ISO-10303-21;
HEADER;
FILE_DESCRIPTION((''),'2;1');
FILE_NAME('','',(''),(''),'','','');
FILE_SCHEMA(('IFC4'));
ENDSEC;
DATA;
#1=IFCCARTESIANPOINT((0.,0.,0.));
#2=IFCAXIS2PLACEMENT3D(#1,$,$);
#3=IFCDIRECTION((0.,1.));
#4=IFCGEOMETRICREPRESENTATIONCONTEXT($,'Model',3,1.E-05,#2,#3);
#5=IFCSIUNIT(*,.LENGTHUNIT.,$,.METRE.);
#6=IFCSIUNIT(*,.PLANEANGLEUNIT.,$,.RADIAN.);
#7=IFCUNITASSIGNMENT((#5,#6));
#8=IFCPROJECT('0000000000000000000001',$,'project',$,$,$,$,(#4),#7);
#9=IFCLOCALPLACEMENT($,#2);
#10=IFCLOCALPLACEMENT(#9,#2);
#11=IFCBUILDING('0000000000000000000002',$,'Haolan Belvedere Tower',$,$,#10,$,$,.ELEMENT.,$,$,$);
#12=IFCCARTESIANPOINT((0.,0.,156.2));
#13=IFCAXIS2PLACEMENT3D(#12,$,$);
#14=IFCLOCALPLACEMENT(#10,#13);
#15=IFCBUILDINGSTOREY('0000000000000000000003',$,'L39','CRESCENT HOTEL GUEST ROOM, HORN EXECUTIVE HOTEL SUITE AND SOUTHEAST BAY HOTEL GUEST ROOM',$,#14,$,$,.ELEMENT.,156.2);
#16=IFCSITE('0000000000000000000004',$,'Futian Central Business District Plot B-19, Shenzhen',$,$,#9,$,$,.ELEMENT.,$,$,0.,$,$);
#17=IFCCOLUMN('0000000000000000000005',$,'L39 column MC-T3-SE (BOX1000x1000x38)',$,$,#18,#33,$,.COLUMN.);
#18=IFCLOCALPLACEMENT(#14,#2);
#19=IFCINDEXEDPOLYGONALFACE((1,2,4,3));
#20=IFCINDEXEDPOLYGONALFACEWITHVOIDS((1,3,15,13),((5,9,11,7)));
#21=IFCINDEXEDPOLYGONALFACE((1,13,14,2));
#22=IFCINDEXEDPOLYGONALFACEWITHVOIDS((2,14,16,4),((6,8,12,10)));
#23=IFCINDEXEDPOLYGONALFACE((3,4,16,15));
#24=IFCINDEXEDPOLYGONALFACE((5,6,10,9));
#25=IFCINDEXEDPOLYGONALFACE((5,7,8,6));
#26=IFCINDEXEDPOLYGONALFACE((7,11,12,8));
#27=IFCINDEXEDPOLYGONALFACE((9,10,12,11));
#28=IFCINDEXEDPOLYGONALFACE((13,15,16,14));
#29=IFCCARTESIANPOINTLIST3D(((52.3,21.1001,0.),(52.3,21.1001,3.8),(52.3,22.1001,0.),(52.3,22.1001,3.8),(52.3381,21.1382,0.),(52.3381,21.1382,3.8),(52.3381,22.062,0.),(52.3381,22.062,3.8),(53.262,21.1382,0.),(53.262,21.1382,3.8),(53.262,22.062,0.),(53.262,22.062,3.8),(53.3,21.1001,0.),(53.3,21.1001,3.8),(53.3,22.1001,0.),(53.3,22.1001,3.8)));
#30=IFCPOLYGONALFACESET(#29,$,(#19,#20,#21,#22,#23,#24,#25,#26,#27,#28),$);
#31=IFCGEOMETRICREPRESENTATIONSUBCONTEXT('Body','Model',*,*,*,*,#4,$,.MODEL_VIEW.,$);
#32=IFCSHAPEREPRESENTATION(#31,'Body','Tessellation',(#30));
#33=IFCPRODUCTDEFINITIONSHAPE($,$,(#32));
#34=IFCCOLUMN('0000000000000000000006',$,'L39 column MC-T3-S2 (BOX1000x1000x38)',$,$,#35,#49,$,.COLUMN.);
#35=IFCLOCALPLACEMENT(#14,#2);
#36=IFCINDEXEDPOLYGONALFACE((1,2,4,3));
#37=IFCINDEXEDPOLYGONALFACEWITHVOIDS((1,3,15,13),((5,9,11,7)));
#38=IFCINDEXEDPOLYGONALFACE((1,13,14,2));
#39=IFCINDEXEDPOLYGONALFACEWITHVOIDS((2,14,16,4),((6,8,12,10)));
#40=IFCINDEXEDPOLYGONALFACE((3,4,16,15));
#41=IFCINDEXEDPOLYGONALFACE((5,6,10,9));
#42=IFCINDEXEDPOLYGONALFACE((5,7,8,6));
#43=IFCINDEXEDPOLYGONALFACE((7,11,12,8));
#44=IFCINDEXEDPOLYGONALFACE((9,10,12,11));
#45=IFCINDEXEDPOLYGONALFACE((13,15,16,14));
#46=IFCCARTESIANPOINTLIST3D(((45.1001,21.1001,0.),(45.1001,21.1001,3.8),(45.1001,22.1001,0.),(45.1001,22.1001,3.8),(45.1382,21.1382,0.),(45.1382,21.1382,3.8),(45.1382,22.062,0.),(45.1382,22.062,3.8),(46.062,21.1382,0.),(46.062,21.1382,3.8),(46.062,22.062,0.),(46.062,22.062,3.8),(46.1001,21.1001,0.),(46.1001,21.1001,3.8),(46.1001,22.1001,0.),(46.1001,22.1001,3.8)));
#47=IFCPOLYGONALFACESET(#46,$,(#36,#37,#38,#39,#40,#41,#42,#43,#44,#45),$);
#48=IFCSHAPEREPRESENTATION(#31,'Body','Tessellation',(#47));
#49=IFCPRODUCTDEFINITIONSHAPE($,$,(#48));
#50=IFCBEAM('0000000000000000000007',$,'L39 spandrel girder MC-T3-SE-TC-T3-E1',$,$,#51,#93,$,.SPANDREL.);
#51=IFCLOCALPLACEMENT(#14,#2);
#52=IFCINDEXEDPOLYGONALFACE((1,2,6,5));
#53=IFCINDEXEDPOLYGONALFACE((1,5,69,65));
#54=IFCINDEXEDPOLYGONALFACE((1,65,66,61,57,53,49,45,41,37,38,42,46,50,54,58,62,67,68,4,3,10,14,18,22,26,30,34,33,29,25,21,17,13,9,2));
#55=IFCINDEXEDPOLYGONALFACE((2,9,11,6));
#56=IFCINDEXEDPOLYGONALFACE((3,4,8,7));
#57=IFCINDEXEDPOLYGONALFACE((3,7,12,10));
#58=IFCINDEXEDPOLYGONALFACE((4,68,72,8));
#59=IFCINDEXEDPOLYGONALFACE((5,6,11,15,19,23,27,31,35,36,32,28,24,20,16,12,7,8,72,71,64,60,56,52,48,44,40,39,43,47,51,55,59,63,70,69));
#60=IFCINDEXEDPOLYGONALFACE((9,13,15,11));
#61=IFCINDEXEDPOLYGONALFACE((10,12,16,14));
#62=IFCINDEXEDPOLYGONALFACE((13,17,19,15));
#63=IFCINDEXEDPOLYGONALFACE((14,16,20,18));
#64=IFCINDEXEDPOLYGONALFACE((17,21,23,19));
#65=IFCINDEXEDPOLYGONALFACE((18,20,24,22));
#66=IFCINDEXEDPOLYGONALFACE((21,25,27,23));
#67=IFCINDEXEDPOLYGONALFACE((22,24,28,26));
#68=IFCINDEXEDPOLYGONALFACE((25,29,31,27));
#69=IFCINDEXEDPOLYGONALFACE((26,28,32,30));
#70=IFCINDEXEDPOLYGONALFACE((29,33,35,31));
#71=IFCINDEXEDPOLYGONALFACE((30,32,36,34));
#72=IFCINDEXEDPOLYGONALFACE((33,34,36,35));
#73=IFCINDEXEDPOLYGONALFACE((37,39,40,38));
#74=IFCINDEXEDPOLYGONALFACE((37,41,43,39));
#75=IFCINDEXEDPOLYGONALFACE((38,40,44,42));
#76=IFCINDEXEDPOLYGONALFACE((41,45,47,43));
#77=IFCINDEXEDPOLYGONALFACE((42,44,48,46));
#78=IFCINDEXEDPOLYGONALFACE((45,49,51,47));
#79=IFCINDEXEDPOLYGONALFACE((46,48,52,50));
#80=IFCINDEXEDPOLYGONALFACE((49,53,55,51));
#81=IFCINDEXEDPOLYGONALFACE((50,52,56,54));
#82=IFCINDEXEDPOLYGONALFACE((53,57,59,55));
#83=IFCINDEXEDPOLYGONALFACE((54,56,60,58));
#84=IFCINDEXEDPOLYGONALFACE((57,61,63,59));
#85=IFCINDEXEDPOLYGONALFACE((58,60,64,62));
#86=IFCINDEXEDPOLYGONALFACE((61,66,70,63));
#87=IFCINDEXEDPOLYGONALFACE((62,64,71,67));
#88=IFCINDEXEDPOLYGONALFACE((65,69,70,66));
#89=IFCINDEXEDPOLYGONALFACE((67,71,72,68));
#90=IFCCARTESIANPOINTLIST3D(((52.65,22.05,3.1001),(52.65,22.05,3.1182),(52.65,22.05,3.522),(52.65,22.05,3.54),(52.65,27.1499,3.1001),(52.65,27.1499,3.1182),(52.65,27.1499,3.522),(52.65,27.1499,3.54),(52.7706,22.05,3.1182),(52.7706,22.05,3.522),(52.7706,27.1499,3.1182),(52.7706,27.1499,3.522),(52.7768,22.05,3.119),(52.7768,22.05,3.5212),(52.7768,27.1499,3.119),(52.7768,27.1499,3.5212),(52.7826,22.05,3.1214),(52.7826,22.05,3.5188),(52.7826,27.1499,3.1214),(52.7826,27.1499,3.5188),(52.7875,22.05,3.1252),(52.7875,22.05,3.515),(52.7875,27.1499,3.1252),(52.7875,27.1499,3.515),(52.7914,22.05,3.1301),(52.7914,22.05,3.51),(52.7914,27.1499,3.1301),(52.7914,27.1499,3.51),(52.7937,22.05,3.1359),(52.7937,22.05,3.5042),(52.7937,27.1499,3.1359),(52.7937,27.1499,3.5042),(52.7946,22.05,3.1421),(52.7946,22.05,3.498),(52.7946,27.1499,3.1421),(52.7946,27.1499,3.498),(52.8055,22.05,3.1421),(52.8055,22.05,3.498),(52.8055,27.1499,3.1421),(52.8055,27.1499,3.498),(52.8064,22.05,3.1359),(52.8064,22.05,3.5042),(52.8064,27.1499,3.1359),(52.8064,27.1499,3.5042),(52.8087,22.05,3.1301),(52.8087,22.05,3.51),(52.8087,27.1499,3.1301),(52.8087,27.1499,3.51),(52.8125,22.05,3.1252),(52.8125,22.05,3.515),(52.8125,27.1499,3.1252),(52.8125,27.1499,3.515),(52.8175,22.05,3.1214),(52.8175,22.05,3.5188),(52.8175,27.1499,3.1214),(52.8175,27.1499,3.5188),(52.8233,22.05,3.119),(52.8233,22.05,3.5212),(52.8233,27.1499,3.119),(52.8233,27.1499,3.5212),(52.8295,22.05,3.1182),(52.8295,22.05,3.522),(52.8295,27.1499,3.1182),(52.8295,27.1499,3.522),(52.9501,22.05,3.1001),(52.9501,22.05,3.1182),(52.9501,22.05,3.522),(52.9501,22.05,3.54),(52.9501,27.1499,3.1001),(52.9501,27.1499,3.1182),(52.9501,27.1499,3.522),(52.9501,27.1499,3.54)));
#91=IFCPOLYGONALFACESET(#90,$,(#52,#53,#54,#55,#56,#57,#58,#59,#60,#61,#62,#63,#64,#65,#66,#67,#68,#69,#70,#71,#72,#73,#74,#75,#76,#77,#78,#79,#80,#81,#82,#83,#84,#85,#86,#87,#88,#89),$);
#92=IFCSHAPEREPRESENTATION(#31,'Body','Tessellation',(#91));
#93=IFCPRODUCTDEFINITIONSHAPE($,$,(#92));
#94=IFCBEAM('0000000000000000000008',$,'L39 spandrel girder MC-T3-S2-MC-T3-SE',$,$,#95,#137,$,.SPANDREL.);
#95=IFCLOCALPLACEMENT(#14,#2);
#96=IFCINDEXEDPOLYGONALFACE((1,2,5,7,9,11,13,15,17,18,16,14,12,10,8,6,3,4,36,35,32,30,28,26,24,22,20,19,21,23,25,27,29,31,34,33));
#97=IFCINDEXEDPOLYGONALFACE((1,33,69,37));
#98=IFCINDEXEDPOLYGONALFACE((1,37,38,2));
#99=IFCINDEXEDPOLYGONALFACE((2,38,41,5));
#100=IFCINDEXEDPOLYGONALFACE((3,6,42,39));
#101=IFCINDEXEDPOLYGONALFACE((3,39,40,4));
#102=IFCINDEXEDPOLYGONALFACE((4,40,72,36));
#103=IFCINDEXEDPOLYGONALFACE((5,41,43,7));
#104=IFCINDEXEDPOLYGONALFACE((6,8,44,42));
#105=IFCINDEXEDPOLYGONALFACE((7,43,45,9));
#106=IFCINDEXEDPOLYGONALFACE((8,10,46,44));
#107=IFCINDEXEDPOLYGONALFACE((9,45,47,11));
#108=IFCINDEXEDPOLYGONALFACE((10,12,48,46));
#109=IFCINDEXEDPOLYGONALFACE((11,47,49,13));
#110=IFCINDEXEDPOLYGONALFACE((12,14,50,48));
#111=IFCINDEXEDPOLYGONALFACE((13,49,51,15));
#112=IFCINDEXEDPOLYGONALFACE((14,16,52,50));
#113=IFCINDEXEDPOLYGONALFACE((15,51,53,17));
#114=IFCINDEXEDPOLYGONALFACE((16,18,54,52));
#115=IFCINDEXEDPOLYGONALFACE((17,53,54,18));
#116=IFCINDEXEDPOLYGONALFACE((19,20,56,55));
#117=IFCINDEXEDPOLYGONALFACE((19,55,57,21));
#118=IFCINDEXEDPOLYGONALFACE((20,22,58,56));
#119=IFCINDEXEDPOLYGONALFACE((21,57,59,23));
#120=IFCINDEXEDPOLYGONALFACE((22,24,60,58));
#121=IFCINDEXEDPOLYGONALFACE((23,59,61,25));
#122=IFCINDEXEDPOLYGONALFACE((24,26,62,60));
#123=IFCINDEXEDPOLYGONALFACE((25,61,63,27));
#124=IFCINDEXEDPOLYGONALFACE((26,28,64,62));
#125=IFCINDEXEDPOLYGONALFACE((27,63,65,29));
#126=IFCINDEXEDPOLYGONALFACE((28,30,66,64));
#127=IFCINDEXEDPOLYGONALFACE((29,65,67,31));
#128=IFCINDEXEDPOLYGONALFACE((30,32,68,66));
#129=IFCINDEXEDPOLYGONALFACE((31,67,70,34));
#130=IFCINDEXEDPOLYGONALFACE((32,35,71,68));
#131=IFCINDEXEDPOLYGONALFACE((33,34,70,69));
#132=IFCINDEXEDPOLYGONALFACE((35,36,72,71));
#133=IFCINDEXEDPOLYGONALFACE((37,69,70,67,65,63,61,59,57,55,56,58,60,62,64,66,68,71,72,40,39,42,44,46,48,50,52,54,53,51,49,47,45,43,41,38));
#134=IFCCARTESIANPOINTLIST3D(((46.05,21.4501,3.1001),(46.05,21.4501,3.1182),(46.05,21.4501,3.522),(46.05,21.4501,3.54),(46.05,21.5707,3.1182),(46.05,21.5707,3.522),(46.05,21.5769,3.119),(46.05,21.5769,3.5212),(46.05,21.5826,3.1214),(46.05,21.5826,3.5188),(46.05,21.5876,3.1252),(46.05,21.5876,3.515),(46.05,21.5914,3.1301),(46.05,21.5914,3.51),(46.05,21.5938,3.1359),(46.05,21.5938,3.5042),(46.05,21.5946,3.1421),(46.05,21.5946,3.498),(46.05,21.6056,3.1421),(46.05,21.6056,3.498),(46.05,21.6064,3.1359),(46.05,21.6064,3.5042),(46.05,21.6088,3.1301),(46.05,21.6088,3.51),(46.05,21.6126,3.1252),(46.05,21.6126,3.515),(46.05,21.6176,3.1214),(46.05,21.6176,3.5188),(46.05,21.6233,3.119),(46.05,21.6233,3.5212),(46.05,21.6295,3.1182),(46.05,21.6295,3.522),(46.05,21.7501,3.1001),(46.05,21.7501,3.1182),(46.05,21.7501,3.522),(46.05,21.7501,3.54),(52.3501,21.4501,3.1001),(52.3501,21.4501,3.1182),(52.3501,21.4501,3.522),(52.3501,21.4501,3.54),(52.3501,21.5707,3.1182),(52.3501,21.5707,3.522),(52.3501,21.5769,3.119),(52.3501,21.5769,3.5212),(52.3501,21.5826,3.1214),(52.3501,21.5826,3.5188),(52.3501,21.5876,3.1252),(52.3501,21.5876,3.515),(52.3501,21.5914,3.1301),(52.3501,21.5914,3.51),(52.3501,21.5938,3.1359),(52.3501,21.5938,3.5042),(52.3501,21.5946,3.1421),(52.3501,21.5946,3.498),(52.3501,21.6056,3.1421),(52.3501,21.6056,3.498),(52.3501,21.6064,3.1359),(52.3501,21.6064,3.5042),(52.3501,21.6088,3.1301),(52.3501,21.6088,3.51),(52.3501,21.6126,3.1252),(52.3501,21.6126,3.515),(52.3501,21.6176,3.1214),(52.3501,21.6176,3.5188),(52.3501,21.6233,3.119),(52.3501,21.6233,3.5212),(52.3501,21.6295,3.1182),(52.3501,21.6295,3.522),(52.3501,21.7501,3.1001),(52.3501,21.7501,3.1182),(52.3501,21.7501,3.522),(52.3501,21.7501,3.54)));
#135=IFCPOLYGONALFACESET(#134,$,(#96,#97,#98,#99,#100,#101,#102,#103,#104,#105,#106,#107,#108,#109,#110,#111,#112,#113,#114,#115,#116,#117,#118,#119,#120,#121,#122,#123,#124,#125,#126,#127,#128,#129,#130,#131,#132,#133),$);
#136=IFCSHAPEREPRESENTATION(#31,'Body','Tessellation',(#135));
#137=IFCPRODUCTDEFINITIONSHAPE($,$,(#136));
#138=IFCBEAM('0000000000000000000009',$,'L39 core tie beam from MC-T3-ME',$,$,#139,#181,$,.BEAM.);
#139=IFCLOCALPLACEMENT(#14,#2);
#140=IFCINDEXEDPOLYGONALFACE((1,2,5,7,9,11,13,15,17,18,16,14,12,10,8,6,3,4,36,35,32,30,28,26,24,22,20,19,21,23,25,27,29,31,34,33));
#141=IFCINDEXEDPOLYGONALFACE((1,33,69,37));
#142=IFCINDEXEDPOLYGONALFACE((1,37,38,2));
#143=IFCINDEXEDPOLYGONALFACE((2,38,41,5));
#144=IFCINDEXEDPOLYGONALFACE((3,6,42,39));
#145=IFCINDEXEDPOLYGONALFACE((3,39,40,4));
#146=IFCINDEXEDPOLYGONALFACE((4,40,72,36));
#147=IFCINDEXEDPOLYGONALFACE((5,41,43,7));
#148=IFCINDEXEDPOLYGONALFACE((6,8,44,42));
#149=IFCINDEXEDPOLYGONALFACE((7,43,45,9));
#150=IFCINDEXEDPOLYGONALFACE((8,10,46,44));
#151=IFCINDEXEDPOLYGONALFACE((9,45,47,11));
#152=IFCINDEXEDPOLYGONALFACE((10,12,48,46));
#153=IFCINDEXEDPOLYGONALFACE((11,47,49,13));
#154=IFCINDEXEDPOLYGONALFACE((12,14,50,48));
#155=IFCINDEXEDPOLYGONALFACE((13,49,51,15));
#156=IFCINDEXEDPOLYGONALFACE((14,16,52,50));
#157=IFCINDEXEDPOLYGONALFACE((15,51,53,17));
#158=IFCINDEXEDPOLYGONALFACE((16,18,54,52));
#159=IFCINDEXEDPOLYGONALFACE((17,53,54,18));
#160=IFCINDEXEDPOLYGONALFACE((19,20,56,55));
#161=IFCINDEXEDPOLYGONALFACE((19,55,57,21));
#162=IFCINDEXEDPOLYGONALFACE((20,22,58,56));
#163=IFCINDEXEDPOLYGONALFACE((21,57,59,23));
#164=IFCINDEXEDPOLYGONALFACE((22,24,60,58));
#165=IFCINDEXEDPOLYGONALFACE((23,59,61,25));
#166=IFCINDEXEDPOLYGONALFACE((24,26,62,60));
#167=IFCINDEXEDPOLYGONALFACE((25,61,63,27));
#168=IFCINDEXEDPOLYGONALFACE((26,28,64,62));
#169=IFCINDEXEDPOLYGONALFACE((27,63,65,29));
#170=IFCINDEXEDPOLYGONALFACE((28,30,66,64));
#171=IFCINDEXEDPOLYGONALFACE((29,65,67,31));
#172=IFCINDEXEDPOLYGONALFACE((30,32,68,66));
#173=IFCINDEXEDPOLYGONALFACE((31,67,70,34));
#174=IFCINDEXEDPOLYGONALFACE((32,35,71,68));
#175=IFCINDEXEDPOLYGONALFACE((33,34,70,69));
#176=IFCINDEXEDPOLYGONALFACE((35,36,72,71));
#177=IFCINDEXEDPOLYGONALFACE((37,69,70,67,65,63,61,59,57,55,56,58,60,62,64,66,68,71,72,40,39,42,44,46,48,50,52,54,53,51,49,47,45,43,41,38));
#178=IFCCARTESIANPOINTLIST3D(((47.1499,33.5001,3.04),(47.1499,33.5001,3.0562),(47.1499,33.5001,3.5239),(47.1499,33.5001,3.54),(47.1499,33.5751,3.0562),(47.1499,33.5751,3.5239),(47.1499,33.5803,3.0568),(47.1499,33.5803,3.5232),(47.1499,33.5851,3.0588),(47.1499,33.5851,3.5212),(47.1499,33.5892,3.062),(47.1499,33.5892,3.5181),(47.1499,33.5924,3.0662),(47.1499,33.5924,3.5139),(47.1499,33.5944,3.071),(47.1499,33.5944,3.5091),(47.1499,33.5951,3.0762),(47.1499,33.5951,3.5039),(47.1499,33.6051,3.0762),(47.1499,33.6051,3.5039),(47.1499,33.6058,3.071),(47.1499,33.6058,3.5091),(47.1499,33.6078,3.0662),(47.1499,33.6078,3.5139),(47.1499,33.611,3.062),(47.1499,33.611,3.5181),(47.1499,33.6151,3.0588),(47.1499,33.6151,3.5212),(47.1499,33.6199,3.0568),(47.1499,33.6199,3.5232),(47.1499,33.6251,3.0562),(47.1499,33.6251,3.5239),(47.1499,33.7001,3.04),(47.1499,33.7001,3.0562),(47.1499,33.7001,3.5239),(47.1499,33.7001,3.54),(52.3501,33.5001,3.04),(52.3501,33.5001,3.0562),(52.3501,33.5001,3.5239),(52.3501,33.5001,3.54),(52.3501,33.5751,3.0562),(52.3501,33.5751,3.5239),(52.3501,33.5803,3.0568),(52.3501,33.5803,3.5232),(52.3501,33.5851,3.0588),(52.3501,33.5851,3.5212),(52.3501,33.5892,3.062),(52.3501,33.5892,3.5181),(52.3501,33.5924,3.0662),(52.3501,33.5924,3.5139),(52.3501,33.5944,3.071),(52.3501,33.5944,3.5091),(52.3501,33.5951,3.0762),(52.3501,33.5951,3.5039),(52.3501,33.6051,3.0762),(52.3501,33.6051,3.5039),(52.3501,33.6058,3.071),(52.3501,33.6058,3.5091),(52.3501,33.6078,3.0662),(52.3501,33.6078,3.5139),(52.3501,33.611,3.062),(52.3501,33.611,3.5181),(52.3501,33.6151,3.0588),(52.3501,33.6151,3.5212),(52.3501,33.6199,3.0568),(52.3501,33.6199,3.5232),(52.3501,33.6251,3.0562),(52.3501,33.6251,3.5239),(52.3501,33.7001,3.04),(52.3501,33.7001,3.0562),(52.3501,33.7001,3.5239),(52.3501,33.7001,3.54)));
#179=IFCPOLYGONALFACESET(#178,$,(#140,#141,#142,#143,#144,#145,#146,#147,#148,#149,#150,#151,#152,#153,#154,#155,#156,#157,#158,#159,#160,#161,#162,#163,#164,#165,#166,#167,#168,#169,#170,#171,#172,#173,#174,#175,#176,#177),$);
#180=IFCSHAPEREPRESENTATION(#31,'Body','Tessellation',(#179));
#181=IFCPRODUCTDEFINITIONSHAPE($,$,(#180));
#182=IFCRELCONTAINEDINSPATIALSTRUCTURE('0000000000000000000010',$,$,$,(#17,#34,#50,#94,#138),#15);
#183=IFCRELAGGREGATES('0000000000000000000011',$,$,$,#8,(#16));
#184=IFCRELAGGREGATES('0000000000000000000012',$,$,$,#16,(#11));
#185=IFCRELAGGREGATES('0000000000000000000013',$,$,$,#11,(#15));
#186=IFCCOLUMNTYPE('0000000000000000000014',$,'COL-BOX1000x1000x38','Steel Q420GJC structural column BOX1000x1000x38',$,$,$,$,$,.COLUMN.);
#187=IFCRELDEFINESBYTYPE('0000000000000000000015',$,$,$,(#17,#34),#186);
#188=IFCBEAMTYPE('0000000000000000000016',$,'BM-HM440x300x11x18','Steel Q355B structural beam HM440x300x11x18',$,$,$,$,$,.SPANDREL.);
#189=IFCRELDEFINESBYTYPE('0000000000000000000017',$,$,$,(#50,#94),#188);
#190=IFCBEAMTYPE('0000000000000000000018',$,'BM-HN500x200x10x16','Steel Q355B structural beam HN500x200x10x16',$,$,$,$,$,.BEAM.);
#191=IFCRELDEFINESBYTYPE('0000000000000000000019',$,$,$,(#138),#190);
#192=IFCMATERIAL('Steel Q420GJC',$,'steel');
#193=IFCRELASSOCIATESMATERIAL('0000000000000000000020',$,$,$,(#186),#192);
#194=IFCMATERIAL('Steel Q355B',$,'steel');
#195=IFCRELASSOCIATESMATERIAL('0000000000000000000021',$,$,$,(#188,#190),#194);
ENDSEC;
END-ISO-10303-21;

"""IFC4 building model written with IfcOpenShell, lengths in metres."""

from ifc_helpers import new_model, si_unit, direction, frame, origin, origin_2d, place, context, subcontext, project, spatial, hollow_rectangle, i_section, extrude, material, material_profile, profile_set, type_object, element, save


model = new_model("IFC4")

# Units and contexts
model_context = context("Model", 3, precision=1e-05, world=origin(), true_north=direction((0.0, 1.0)))
body_context = subcontext(model_context, "Body", "Model", "MODEL_VIEW")
ifc_project = project(units=[si_unit("LENGTHUNIT", "METRE"), si_unit("PLANEANGLEUNIT", "RADIAN")], contexts=[model_context])

# Site, building, storey
site_placement = place(None, origin())
site = spatial("IfcSite", under=ifc_project, at=site_placement, Name="Futian Central Business District Plot B-19, Shenzhen", CompositionType="ELEMENT", RefElevation=0.0)
building_placement = place(site_placement, origin())
building = spatial("IfcBuilding", under=site, at=building_placement, Name="Haolan Belvedere Tower", CompositionType="ELEMENT")
storey_placement = place(building_placement, frame((0.0, 0.0, 156.2)))
storey = spatial("IfcBuildingStorey", under=building, at=storey_placement, Name="L39", Description="CRESCENT HOTEL GUEST ROOM, HORN EXECUTIVE HOTEL SUITE AND SOUTHEAST BAY HOTEL GUEST ROOM", CompositionType="ELEMENT", Elevation=156.2)

# Columns
ifc_material_1 = material(Name="Steel Q420GJC", Category="steel")
ifc_material_profile_1 = material_profile(ifc_material_1, hollow_rectangle(XDim=1.0, YDim=1.0, WallThickness=0.0381, at=origin_2d()), Name="Steel Q420GJC")
ifc_profile_set_1 = profile_set([ifc_material_profile_1], Name="Steel Q420GJC")
column_type = type_object("IfcColumnType", Name="COL-BOX1000x1000x38", Description="Steel Q420GJC structural column BOX1000x1000x38", PredefinedType="COLUMN", material=ifc_profile_set_1)
for number, where, z_axis, x_axis, name in (
    (1, (52.8, 21.6001, 0.0), (0.0, 0.0, 1.0), (1.0, 0.0, 0.0), "L39 column MC-T3-SE (BOX1000x1000x38)"),
    (2, (45.6001, 21.6001, 0.0), (0.0, 0.0, 1.0), (1.0, 0.0, 0.0), "L39 column MC-T3-S2 (BOX1000x1000x38)"),
):
    element("IfcColumn", number, at=place(storey_placement, frame(where, z_axis=z_axis, x_axis=x_axis)), inside=storey, type_object=column_type, Name=name, PredefinedType="COLUMN", context=body_context, shape_type="SweptSolid", body=[
        extrude(hollow_rectangle(XDim=1.0, YDim=1.0, WallThickness=0.0381, at=origin_2d()), origin(), (0.0, 0.0, 1.0), 3.8),
    ])

# Beams
ifc_material_2 = material(Name="Steel Q355B", Category="steel")
ifc_material_profile_2 = material_profile(ifc_material_2, i_section(OverallWidth=0.3, OverallDepth=0.4399, WebThickness=0.011, FlangeThickness=0.0181, FilletRadius=0.0239, at=origin_2d()), Name="Steel Q355B")
ifc_profile_set_2 = profile_set([ifc_material_profile_2], Name="Steel Q355B")
beam_type_1 = type_object("IfcBeamType", Name="BM-HM440x300x11x18", Description="Steel Q355B structural beam HM440x300x11x18", PredefinedType="SPANDREL", material=ifc_profile_set_2)
beam_1_placement = place(storey_placement, frame((52.8, 22.05, 3.3201), z_axis=(0.0, 1.0, 0.0), x_axis=(-1.0, 0.0, 0.0)))
element("IfcBeam", 3, at=beam_1_placement, inside=storey, type_object=beam_type_1, Name="L39 spandrel girder MC-T3-SE-TC-T3-E1", PredefinedType="SPANDREL", context=body_context, shape_type="SweptSolid", body=[
    extrude(i_section(OverallWidth=0.3, OverallDepth=0.4399, WebThickness=0.011, FlangeThickness=0.0181, FilletRadius=0.0239, at=origin_2d()), origin(), (0.0, 0.0, 1.0), 5.0999),
])
beam_2_placement = place(storey_placement, frame((46.05, 21.6001, 3.3201), z_axis=(1.0, 0.0, 0.0), x_axis=(0.0, 1.0, 0.0)))
element("IfcBeam", 4, at=beam_2_placement, inside=storey, type_object=beam_type_1, Name="L39 spandrel girder MC-T3-S2-MC-T3-SE", PredefinedType="SPANDREL", context=body_context, shape_type="SweptSolid", body=[
    extrude(i_section(OverallWidth=0.3, OverallDepth=0.4399, WebThickness=0.011, FlangeThickness=0.0181, FilletRadius=0.0239, at=origin_2d()), origin(), (0.0, 0.0, 1.0), 6.3),
])
ifc_material_profile_3 = material_profile(ifc_material_2, i_section(OverallWidth=0.2, OverallDepth=0.5, WebThickness=0.01, FlangeThickness=0.0161, FilletRadius=0.02, at=origin_2d()), Name="Steel Q355B")
ifc_profile_set_3 = profile_set([ifc_material_profile_3], Name="Steel Q355B")
beam_type_2 = type_object("IfcBeamType", Name="BM-HN500x200x10x16", Description="Steel Q355B structural beam HN500x200x10x16", PredefinedType="BEAM", material=ifc_profile_set_3)
for number, where, z_axis, x_axis, name in (
    (5, (52.3501, 33.6001, 3.29), (-1.0, 0.0, 0.0), (0.0, -1.0, 0.0), "L39 core tie beam from MC-T3-ME"),
):
    element("IfcBeam", number, at=place(storey_placement, frame(where, z_axis=z_axis, x_axis=x_axis)), inside=storey, type_object=beam_type_2, Name=name, PredefinedType="BEAM", context=body_context, shape_type="SweptSolid", body=[
        extrude(i_section(OverallWidth=0.2, OverallDepth=0.5, WebThickness=0.01, FlangeThickness=0.0161, FilletRadius=0.02, at=origin_2d()), origin(), (0.0, 0.0, 1.0), 5.2002),
    ])

save(model, "model.ifc")
